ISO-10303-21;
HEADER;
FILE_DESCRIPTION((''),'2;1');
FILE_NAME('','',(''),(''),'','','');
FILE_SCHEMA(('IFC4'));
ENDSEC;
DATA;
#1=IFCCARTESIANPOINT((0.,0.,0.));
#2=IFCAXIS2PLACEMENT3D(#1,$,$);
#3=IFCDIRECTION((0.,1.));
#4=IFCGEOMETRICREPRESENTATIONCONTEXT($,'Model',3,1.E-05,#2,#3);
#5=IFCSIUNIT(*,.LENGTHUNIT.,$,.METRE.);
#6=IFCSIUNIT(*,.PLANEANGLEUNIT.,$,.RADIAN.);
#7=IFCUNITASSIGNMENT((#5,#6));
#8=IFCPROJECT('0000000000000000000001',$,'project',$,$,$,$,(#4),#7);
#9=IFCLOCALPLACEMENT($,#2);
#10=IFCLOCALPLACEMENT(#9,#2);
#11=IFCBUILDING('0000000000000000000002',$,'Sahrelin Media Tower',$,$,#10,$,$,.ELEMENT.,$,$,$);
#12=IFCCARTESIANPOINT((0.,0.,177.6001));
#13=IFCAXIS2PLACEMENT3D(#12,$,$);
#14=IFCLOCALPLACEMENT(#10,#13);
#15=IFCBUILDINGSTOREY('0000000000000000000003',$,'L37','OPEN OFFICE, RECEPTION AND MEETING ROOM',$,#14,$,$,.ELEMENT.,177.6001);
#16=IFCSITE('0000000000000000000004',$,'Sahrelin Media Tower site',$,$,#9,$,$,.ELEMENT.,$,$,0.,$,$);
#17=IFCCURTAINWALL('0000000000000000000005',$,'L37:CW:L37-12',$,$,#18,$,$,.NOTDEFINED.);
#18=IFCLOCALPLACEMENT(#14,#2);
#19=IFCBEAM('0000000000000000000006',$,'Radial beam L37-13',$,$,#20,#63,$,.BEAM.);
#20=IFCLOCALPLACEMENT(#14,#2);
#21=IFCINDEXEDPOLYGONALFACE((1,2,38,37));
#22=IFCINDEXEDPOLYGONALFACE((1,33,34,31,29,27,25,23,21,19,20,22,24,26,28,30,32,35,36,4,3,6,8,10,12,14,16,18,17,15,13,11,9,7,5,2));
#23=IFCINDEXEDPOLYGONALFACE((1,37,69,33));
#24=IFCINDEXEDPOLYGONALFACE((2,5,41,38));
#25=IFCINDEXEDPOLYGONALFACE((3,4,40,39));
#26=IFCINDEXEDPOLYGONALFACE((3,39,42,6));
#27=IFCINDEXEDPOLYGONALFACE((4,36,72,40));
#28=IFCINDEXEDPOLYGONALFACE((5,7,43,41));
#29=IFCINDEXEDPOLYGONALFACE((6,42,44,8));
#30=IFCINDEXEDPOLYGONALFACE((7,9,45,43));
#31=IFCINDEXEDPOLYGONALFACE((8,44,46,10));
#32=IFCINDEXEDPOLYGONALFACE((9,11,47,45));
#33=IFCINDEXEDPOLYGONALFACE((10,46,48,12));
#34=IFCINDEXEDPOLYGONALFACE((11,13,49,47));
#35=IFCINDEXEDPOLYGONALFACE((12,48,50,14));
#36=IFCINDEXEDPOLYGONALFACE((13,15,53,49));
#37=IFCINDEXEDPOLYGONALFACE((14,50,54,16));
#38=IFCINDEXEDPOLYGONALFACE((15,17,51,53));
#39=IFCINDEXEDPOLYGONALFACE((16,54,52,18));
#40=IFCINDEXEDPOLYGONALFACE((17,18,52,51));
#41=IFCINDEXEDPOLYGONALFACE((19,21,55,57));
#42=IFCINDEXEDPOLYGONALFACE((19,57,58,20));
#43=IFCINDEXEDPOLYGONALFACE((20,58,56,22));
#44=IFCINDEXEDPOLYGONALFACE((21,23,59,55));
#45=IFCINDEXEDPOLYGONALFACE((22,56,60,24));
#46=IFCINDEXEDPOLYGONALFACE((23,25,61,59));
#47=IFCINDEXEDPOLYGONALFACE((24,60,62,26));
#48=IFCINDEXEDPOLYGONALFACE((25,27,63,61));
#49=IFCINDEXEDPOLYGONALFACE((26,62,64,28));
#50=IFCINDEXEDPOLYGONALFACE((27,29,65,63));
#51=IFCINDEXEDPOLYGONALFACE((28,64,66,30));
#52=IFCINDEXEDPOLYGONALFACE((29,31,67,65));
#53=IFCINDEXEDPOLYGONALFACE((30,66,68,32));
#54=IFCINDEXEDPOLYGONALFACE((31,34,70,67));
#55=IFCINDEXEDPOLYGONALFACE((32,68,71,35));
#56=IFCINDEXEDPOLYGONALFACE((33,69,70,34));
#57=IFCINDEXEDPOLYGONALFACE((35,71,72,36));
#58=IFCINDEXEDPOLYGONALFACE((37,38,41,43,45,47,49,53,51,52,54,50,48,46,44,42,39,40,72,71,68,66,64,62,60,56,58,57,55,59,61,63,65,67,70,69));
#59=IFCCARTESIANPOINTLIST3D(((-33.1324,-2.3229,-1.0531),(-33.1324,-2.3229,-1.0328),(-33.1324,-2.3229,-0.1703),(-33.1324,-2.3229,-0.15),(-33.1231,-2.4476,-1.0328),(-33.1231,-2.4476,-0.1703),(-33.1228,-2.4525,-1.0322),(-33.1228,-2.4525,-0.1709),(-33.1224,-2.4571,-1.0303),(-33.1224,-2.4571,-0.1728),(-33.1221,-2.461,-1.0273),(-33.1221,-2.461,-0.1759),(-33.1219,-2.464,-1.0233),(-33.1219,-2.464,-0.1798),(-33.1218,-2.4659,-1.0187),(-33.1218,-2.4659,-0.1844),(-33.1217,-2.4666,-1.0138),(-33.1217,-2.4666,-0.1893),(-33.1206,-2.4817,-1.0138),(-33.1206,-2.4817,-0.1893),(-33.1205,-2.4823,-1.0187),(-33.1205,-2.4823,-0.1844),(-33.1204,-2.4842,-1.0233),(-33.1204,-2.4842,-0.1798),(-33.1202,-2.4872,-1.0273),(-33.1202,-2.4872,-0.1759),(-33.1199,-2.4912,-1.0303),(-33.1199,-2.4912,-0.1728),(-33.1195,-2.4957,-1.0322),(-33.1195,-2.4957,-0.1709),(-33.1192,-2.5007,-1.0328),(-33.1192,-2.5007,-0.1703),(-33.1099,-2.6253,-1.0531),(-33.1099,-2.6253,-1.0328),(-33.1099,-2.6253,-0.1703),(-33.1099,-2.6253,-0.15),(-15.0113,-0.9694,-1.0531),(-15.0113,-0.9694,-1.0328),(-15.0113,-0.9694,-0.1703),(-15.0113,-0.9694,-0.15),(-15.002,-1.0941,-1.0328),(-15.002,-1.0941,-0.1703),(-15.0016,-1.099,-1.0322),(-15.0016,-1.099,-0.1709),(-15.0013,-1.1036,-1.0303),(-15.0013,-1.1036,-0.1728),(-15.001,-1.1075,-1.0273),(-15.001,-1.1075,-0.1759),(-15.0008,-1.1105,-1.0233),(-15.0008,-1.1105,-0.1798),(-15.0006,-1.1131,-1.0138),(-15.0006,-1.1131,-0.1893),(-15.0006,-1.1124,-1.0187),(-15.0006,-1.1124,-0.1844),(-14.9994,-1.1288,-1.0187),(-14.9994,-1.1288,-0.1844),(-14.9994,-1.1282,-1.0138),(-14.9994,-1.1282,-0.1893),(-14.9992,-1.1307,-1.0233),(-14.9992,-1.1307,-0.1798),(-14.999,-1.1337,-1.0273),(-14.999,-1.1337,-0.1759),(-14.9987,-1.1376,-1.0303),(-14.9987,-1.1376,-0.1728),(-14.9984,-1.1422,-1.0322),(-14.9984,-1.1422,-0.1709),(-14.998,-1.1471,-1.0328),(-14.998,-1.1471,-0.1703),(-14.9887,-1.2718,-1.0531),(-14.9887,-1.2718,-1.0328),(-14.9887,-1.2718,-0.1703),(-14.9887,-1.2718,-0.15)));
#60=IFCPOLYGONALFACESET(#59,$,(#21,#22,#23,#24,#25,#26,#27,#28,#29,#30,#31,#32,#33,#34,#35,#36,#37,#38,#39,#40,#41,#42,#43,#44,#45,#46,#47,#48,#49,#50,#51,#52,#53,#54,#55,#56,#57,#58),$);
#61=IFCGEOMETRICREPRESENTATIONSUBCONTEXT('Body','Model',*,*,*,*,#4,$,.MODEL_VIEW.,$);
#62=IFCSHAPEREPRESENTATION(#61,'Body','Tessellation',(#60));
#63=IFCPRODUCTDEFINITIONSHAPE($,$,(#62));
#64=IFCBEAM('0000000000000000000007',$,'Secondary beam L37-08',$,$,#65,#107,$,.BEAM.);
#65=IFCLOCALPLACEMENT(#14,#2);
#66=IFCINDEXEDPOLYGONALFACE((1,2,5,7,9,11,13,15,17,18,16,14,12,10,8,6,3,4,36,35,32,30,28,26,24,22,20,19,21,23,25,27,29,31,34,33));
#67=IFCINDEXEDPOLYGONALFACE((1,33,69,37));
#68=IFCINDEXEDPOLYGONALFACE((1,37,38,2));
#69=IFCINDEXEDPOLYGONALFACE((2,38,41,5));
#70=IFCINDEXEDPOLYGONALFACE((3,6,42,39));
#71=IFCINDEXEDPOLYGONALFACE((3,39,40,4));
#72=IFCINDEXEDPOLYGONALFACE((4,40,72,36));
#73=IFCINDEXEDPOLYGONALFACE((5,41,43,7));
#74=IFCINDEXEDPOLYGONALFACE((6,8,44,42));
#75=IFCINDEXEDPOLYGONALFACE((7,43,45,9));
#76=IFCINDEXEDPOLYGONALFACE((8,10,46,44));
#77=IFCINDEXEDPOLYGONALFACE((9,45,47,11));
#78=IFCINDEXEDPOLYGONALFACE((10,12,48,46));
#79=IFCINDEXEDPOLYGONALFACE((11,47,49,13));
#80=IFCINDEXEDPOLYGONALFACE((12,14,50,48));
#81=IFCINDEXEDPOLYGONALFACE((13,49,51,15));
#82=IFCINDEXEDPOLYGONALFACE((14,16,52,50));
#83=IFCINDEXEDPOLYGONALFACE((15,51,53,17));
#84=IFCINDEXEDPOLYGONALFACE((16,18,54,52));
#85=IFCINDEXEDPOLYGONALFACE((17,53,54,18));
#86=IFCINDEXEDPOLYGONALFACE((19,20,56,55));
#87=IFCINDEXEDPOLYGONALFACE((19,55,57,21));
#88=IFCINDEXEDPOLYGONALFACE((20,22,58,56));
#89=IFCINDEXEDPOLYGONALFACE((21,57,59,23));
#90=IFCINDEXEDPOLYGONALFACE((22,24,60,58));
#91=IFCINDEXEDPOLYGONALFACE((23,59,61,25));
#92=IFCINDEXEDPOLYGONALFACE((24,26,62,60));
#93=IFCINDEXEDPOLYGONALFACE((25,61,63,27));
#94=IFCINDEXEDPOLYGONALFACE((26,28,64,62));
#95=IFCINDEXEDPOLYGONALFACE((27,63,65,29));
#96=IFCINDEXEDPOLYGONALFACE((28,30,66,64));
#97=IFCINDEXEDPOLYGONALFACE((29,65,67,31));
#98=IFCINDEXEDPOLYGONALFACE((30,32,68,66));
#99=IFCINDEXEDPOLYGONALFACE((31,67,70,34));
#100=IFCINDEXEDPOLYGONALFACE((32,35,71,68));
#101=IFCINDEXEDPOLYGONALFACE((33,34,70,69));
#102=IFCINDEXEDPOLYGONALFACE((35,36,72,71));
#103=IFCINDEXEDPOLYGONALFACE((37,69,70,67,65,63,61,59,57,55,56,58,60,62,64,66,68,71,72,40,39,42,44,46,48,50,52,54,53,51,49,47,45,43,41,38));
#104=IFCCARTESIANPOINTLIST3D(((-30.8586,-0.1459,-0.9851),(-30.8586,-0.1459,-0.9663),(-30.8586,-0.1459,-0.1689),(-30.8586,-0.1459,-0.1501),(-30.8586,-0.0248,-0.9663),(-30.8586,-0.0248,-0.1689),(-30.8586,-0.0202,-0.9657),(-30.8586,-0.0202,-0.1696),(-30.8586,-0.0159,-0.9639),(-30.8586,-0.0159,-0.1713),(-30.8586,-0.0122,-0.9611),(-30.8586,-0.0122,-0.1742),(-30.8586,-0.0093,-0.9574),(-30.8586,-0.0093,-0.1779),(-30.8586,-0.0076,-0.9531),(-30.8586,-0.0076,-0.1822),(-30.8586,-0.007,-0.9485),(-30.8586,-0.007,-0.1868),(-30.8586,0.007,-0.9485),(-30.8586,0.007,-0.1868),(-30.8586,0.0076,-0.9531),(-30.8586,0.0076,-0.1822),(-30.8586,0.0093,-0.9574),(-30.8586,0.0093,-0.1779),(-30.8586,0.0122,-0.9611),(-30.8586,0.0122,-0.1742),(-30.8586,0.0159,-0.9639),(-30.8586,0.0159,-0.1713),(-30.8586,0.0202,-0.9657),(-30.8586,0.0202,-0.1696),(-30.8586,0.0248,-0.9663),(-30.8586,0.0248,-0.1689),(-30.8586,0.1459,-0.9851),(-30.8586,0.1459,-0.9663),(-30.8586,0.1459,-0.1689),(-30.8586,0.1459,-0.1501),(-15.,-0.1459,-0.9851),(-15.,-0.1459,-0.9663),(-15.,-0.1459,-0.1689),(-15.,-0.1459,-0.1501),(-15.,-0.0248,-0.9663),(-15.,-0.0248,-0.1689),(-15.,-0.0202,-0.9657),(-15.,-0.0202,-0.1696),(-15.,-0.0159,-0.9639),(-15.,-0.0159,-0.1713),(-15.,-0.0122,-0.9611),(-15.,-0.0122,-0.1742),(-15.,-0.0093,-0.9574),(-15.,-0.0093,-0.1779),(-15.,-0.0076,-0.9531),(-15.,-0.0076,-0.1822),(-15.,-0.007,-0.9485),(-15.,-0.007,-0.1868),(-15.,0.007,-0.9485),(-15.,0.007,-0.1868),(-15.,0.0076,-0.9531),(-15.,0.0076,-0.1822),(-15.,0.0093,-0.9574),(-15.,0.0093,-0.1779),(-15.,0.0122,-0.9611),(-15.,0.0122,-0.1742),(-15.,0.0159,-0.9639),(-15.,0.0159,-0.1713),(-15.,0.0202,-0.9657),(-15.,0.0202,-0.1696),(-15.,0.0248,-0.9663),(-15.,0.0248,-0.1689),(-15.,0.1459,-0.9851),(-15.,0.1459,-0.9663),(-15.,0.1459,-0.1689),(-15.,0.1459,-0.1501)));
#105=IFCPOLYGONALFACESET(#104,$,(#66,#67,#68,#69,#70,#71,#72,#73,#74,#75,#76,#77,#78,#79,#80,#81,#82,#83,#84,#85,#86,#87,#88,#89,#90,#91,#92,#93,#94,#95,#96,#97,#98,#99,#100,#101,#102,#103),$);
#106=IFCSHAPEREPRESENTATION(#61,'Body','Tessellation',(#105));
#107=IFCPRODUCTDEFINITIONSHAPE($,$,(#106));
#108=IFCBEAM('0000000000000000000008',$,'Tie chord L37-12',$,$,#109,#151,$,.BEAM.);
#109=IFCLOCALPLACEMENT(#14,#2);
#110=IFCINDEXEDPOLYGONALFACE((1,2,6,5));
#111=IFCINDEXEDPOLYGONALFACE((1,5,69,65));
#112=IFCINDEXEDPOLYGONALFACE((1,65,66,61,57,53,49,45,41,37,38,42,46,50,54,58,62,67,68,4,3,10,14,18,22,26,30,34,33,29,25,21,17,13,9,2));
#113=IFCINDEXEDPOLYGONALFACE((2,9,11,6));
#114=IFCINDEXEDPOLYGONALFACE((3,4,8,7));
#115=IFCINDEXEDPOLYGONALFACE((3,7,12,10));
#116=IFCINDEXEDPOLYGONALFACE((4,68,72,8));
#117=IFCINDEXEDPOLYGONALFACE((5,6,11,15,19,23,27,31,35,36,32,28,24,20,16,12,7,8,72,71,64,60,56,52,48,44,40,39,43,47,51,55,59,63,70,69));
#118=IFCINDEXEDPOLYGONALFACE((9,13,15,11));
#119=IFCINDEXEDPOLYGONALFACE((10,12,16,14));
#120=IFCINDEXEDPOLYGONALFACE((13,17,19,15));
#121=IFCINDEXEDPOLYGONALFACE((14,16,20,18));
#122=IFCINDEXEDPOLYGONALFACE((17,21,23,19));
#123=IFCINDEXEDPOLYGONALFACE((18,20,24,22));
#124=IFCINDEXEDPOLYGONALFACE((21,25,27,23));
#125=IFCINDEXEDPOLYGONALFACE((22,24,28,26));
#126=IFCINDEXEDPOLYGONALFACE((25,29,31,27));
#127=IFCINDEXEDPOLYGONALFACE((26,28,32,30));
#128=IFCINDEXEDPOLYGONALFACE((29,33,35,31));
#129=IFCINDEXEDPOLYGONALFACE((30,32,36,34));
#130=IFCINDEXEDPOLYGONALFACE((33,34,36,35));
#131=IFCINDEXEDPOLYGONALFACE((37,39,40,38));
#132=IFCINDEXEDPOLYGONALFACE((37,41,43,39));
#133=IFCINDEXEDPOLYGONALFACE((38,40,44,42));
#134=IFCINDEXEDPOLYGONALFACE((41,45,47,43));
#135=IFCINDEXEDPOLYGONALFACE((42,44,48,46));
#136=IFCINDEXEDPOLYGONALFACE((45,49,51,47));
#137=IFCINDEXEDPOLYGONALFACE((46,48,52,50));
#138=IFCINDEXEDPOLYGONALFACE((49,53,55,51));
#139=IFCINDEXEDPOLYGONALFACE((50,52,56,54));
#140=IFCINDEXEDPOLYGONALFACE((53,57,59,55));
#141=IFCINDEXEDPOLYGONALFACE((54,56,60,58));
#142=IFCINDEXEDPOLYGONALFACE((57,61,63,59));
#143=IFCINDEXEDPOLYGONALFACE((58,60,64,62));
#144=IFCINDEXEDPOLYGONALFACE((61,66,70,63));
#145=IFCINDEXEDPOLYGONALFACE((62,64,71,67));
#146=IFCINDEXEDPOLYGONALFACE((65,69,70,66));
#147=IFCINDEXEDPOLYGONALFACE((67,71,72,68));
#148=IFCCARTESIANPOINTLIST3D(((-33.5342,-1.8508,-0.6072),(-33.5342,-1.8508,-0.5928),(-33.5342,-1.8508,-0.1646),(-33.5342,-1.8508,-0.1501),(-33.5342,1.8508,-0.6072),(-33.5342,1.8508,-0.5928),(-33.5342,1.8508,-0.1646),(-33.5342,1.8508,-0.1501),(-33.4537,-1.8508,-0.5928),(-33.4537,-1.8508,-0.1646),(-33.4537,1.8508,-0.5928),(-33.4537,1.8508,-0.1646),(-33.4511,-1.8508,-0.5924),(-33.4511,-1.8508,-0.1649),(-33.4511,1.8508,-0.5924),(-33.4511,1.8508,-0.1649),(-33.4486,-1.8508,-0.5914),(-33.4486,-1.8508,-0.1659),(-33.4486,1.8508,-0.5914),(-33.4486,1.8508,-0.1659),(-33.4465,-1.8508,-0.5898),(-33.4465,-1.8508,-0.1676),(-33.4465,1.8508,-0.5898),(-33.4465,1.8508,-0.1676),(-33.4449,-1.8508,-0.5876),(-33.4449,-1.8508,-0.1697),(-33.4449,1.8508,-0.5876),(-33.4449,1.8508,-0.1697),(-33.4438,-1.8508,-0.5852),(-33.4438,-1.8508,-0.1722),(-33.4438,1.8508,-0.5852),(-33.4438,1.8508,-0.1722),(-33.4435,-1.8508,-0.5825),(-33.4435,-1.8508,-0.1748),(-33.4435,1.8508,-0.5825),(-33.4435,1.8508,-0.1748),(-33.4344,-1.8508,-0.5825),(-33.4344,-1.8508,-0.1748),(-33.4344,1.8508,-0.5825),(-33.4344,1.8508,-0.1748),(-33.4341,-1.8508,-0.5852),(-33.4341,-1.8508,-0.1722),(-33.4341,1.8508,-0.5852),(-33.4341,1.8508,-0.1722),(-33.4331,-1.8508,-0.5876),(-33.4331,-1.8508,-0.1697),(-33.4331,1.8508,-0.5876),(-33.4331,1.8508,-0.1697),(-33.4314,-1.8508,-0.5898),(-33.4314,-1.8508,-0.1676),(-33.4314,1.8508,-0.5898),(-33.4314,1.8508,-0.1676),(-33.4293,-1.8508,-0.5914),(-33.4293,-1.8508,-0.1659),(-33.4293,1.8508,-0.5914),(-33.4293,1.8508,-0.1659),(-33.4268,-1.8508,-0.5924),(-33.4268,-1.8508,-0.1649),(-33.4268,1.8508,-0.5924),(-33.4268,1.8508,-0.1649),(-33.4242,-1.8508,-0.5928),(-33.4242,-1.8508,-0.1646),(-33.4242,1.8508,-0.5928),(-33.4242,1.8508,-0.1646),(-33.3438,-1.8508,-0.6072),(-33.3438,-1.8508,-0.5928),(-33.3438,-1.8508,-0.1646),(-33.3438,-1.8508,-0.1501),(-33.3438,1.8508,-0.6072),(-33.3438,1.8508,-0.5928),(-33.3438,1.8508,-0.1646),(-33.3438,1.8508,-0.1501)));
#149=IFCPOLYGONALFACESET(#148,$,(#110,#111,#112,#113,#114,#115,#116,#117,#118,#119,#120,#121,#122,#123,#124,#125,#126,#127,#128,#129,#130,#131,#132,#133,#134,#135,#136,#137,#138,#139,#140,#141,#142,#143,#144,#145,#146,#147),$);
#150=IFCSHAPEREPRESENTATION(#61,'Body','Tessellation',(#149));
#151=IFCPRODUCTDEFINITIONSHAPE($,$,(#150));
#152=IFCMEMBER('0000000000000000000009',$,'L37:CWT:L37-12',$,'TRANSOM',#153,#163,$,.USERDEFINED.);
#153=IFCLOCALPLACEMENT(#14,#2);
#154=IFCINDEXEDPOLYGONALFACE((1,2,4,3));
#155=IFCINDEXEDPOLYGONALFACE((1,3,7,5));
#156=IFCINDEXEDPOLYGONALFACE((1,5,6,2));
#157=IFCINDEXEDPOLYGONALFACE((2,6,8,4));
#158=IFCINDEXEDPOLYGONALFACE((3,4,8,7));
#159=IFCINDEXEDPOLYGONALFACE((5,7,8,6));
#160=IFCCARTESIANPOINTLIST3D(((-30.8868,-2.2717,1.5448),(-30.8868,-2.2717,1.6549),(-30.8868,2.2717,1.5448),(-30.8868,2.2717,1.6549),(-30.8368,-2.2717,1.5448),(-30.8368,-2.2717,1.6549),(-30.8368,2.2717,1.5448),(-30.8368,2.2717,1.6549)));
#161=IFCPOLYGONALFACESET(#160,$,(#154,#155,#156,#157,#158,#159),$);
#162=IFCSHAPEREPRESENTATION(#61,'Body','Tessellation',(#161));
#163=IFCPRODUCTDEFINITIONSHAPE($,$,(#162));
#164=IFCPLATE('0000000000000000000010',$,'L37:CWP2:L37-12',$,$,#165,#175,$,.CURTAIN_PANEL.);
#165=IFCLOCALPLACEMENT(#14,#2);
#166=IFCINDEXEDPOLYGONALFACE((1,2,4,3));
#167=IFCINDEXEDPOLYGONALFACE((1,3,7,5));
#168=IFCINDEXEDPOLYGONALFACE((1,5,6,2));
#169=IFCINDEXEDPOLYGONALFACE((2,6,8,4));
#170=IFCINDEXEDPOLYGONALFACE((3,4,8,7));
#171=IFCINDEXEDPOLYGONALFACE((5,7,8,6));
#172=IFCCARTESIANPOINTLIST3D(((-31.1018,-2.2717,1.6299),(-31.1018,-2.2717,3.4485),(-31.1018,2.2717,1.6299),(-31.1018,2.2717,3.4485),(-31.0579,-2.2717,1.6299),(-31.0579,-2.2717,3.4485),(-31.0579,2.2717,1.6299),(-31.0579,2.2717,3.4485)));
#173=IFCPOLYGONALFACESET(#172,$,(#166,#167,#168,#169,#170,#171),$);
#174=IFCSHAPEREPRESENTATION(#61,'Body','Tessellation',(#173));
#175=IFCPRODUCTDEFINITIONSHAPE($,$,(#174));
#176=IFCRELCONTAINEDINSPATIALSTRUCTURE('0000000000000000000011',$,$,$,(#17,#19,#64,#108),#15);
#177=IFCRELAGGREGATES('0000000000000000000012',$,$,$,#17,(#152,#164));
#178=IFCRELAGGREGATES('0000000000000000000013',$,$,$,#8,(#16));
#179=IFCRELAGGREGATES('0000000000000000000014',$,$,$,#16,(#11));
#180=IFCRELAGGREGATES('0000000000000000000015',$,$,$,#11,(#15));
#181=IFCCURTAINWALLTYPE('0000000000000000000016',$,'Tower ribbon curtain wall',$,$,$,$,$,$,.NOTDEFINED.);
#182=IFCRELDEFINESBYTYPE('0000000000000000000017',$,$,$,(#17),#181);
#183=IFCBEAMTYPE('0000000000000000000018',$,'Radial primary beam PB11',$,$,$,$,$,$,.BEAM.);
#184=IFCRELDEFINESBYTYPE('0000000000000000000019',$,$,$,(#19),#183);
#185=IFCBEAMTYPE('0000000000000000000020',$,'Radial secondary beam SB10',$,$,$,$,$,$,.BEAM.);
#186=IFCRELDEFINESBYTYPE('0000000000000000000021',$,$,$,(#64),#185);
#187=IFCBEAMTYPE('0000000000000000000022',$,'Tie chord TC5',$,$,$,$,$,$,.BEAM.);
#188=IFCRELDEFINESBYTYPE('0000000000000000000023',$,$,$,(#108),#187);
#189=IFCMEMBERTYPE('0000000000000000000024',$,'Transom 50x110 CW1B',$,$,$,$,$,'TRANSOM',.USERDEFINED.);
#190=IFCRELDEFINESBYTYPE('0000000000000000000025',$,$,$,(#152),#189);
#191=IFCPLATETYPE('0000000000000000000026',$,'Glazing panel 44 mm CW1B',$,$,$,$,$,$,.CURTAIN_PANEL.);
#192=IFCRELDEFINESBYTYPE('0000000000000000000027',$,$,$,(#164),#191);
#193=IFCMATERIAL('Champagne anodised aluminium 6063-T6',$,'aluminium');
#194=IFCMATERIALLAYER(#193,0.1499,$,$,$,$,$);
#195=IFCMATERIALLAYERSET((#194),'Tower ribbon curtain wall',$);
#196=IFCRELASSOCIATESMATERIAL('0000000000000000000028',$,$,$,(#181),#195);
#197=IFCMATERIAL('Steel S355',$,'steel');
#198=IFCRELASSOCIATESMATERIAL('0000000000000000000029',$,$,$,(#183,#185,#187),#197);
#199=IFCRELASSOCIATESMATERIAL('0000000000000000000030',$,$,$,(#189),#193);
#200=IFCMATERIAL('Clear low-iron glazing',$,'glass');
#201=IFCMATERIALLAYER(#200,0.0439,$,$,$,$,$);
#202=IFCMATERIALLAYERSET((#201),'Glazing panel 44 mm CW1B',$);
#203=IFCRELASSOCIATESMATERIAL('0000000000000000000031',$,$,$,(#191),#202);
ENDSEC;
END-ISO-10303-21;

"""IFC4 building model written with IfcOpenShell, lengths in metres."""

from ifc_helpers import new_model, si_unit, direction, frame, origin, origin_2d, place, context, subcontext, project, spatial, polyline, rectangle, i_section, outline, extrude, material, layer, layer_set, material_profile, profile_set, type_object, element, aggregate, save


model = new_model("IFC4")

# Units and contexts
model_context = context("Model", 3, precision=1e-05, world=origin(), true_north=direction((0.0, 1.0)))
body_context = subcontext(model_context, "Body", "Model", "MODEL_VIEW")
ifc_project = project(units=[si_unit("LENGTHUNIT", "METRE"), si_unit("PLANEANGLEUNIT", "RADIAN")], contexts=[model_context])

# Site, building, storey
site_placement = place(None, origin())
site = spatial("IfcSite", under=ifc_project, at=site_placement, Name="Sahrelin Media Tower site", CompositionType="ELEMENT", RefElevation=0.0)
building_placement = place(site_placement, origin())
building = spatial("IfcBuilding", under=site, at=building_placement, Name="Sahrelin Media Tower", CompositionType="ELEMENT")
storey_placement = place(building_placement, frame((0.0, 0.0, 177.6001)))
storey = spatial("IfcBuildingStorey", under=building, at=storey_placement, Name="L37", Description="OPEN OFFICE, RECEPTION AND MEETING ROOM", CompositionType="ELEMENT", Elevation=177.6001)

# Curtain wall
ifc_material_1 = material(Name="Champagne anodised aluminium 6063-T6", Category="aluminium")
ifc_layer_1 = layer(ifc_material_1, 0.1499)
ifc_layer_set_1 = layer_set([ifc_layer_1], Name="Tower ribbon curtain wall")
curtain_wall_type = type_object("IfcCurtainWallType", Name="Tower ribbon curtain wall", PredefinedType="NOTDEFINED", material=ifc_layer_set_1)
curtain_wall_placement = place(storey_placement, frame((-31.0818, 0.0, 0.0), z_axis=(0.0, 0.0, 1.0), x_axis=(1.0, 0.0, 0.0)))
curtain_wall = element("IfcCurtainWall", 1, at=curtain_wall_placement, inside=storey, type_object=curtain_wall_type, Name="L37:CW:L37-12", PredefinedType="NOTDEFINED")

# Beams
ifc_material_2 = material(Name="Steel S355", Category="steel")
ifc_material_profile_1 = material_profile(ifc_material_2, i_section(OverallWidth=0.3032, OverallDepth=0.9031, WebThickness=0.0151, FlangeThickness=0.0203, FilletRadius=0.019, at=origin_2d()), Name="UB 914x305x201")
ifc_profile_set_1 = profile_set([ifc_material_profile_1], Name="Steel S355")
beam_type_1 = type_object("IfcBeamType", Name="Radial primary beam PB11", PredefinedType="BEAM", material=ifc_profile_set_1)
for number, where, z_axis, x_axis, name in (
    (2, (-15.0, -1.1206, -0.6016), (-0.997222, -0.074485, 0.0), (0.074485, -0.997222, 0.0), "Radial beam L37-13"),
):
    element("IfcBeam", number, at=place(storey_placement, frame(where, z_axis=z_axis, x_axis=x_axis)), inside=storey, type_object=beam_type_1, Name=name, PredefinedType="BEAM", context=body_context, shape_type="SweptSolid", body=[
        extrude(i_section(OverallWidth=0.3032, OverallDepth=0.9031, WebThickness=0.0151, FlangeThickness=0.0203, FilletRadius=0.019, at=origin_2d()), origin(), (0.0, 0.0, 1.0), 18.1716),
    ])
ifc_material_profile_2 = material_profile(ifc_material_2, i_section(OverallWidth=0.2917, OverallDepth=0.835, WebThickness=0.0139, FlangeThickness=0.0188, FilletRadius=0.0178, at=origin_2d()), Name="UB 838x292x176")
ifc_profile_set_2 = profile_set([ifc_material_profile_2], Name="Steel S355")
beam_type_2 = type_object("IfcBeamType", Name="Radial secondary beam SB10", PredefinedType="BEAM", material=ifc_profile_set_2)
beam_1_placement = place(storey_placement, frame((-15.0, 0.0, -0.5676), z_axis=(-1.0, 0.0, 0.0), x_axis=(0.0, -1.0, 0.0)))
element("IfcBeam", 3, at=beam_1_placement, inside=storey, type_object=beam_type_2, Name="Secondary beam L37-08", PredefinedType="BEAM", context=body_context, shape_type="SweptSolid", body=[
    extrude(i_section(OverallWidth=0.2917, OverallDepth=0.835, WebThickness=0.0139, FlangeThickness=0.0188, FilletRadius=0.0178, at=origin_2d()), origin(), (0.0, 0.0, 1.0), 15.8586),
])
ifc_material_profile_3 = material_profile(ifc_material_2, i_section(OverallWidth=0.1904, OverallDepth=0.457, WebThickness=0.009, FlangeThickness=0.0144, FilletRadius=0.0103, at=origin_2d()), Name="UB 457x191x74")
ifc_profile_set_3 = profile_set([ifc_material_profile_3], Name="Steel S355")
beam_type_3 = type_object("IfcBeamType", Name="Tie chord TC5", PredefinedType="BEAM", material=ifc_profile_set_3)
beam_2_placement = place(storey_placement, frame((-33.439, 1.8508, -0.3787), z_axis=(0.0, -1.0, 0.0), x_axis=(1.0, 0.0, 0.0)))
element("IfcBeam", 4, at=beam_2_placement, inside=storey, type_object=beam_type_3, Name="Tie chord L37-12", PredefinedType="BEAM", context=body_context, shape_type="SweptSolid", body=[
    extrude(i_section(OverallWidth=0.1904, OverallDepth=0.457, WebThickness=0.009, FlangeThickness=0.0144, FilletRadius=0.0103, at=origin_2d()), origin(), (0.0, 0.0, 1.0), 3.7017),
])

# Member
ifc_material_profile_4 = material_profile(ifc_material_1, rectangle(XDim=0.05, YDim=0.1101, at=origin_2d()), Name="Transom 50x110")
ifc_profile_set_4 = profile_set([ifc_material_profile_4], Name="Champagne anodised aluminium 6063-T6")
member_type_1 = type_object("IfcMemberType", Name="Transom 50x110 CW1B", ElementType="TRANSOM", PredefinedType="USERDEFINED", material=ifc_profile_set_4)
member_1_placement = place(storey_placement, frame((-30.8618, 2.2717, 1.5999), z_axis=(0.0, -1.0, 0.0), x_axis=(1.0, 0.0, 0.0)))
member_1 = element("IfcMember", 5, at=member_1_placement, type_object=member_type_1, Name="L37:CWT:L37-12", ObjectType="TRANSOM", PredefinedType="USERDEFINED", context=body_context, shape_type="SweptSolid", body=[
    extrude(rectangle(XDim=0.05, YDim=0.1101, at=origin_2d()), origin(), (0.0, 0.0, 1.0), 4.5435),
])

# Plate
ifc_material_3 = material(Name="Clear low-iron glazing", Category="glass")
ifc_layer_2 = layer(ifc_material_3, 0.0439)
ifc_layer_set_2 = layer_set([ifc_layer_2], Name="Glazing panel 44 mm CW1B")
plate_type_1 = type_object("IfcPlateType", Name="Glazing panel 44 mm CW1B", PredefinedType="CURTAIN_PANEL", material=ifc_layer_set_2)
plate_1_placement = place(storey_placement, frame((-31.1018, 2.2717, 1.6299), z_axis=(-1.0, 0.0, 0.0), x_axis=(0.0, -1.0, 0.0)))
plate_1 = element("IfcPlate", 6, at=plate_1_placement, type_object=plate_type_1, Name="L37:CWP2:L37-12", PredefinedType="CURTAIN_PANEL", context=body_context, shape_type="SweptSolid", body=[
    extrude(outline(polyline([(0.0, 0.0), (4.5435, 0.0), (4.5435, 1.8186), (0.0, 1.8186), (0.0, 0.0)])), origin(), (0.0, 0.0, -1.0), 0.0439),
])
aggregate(curtain_wall, [member_1, plate_1])

save(model, "model.ifc")
